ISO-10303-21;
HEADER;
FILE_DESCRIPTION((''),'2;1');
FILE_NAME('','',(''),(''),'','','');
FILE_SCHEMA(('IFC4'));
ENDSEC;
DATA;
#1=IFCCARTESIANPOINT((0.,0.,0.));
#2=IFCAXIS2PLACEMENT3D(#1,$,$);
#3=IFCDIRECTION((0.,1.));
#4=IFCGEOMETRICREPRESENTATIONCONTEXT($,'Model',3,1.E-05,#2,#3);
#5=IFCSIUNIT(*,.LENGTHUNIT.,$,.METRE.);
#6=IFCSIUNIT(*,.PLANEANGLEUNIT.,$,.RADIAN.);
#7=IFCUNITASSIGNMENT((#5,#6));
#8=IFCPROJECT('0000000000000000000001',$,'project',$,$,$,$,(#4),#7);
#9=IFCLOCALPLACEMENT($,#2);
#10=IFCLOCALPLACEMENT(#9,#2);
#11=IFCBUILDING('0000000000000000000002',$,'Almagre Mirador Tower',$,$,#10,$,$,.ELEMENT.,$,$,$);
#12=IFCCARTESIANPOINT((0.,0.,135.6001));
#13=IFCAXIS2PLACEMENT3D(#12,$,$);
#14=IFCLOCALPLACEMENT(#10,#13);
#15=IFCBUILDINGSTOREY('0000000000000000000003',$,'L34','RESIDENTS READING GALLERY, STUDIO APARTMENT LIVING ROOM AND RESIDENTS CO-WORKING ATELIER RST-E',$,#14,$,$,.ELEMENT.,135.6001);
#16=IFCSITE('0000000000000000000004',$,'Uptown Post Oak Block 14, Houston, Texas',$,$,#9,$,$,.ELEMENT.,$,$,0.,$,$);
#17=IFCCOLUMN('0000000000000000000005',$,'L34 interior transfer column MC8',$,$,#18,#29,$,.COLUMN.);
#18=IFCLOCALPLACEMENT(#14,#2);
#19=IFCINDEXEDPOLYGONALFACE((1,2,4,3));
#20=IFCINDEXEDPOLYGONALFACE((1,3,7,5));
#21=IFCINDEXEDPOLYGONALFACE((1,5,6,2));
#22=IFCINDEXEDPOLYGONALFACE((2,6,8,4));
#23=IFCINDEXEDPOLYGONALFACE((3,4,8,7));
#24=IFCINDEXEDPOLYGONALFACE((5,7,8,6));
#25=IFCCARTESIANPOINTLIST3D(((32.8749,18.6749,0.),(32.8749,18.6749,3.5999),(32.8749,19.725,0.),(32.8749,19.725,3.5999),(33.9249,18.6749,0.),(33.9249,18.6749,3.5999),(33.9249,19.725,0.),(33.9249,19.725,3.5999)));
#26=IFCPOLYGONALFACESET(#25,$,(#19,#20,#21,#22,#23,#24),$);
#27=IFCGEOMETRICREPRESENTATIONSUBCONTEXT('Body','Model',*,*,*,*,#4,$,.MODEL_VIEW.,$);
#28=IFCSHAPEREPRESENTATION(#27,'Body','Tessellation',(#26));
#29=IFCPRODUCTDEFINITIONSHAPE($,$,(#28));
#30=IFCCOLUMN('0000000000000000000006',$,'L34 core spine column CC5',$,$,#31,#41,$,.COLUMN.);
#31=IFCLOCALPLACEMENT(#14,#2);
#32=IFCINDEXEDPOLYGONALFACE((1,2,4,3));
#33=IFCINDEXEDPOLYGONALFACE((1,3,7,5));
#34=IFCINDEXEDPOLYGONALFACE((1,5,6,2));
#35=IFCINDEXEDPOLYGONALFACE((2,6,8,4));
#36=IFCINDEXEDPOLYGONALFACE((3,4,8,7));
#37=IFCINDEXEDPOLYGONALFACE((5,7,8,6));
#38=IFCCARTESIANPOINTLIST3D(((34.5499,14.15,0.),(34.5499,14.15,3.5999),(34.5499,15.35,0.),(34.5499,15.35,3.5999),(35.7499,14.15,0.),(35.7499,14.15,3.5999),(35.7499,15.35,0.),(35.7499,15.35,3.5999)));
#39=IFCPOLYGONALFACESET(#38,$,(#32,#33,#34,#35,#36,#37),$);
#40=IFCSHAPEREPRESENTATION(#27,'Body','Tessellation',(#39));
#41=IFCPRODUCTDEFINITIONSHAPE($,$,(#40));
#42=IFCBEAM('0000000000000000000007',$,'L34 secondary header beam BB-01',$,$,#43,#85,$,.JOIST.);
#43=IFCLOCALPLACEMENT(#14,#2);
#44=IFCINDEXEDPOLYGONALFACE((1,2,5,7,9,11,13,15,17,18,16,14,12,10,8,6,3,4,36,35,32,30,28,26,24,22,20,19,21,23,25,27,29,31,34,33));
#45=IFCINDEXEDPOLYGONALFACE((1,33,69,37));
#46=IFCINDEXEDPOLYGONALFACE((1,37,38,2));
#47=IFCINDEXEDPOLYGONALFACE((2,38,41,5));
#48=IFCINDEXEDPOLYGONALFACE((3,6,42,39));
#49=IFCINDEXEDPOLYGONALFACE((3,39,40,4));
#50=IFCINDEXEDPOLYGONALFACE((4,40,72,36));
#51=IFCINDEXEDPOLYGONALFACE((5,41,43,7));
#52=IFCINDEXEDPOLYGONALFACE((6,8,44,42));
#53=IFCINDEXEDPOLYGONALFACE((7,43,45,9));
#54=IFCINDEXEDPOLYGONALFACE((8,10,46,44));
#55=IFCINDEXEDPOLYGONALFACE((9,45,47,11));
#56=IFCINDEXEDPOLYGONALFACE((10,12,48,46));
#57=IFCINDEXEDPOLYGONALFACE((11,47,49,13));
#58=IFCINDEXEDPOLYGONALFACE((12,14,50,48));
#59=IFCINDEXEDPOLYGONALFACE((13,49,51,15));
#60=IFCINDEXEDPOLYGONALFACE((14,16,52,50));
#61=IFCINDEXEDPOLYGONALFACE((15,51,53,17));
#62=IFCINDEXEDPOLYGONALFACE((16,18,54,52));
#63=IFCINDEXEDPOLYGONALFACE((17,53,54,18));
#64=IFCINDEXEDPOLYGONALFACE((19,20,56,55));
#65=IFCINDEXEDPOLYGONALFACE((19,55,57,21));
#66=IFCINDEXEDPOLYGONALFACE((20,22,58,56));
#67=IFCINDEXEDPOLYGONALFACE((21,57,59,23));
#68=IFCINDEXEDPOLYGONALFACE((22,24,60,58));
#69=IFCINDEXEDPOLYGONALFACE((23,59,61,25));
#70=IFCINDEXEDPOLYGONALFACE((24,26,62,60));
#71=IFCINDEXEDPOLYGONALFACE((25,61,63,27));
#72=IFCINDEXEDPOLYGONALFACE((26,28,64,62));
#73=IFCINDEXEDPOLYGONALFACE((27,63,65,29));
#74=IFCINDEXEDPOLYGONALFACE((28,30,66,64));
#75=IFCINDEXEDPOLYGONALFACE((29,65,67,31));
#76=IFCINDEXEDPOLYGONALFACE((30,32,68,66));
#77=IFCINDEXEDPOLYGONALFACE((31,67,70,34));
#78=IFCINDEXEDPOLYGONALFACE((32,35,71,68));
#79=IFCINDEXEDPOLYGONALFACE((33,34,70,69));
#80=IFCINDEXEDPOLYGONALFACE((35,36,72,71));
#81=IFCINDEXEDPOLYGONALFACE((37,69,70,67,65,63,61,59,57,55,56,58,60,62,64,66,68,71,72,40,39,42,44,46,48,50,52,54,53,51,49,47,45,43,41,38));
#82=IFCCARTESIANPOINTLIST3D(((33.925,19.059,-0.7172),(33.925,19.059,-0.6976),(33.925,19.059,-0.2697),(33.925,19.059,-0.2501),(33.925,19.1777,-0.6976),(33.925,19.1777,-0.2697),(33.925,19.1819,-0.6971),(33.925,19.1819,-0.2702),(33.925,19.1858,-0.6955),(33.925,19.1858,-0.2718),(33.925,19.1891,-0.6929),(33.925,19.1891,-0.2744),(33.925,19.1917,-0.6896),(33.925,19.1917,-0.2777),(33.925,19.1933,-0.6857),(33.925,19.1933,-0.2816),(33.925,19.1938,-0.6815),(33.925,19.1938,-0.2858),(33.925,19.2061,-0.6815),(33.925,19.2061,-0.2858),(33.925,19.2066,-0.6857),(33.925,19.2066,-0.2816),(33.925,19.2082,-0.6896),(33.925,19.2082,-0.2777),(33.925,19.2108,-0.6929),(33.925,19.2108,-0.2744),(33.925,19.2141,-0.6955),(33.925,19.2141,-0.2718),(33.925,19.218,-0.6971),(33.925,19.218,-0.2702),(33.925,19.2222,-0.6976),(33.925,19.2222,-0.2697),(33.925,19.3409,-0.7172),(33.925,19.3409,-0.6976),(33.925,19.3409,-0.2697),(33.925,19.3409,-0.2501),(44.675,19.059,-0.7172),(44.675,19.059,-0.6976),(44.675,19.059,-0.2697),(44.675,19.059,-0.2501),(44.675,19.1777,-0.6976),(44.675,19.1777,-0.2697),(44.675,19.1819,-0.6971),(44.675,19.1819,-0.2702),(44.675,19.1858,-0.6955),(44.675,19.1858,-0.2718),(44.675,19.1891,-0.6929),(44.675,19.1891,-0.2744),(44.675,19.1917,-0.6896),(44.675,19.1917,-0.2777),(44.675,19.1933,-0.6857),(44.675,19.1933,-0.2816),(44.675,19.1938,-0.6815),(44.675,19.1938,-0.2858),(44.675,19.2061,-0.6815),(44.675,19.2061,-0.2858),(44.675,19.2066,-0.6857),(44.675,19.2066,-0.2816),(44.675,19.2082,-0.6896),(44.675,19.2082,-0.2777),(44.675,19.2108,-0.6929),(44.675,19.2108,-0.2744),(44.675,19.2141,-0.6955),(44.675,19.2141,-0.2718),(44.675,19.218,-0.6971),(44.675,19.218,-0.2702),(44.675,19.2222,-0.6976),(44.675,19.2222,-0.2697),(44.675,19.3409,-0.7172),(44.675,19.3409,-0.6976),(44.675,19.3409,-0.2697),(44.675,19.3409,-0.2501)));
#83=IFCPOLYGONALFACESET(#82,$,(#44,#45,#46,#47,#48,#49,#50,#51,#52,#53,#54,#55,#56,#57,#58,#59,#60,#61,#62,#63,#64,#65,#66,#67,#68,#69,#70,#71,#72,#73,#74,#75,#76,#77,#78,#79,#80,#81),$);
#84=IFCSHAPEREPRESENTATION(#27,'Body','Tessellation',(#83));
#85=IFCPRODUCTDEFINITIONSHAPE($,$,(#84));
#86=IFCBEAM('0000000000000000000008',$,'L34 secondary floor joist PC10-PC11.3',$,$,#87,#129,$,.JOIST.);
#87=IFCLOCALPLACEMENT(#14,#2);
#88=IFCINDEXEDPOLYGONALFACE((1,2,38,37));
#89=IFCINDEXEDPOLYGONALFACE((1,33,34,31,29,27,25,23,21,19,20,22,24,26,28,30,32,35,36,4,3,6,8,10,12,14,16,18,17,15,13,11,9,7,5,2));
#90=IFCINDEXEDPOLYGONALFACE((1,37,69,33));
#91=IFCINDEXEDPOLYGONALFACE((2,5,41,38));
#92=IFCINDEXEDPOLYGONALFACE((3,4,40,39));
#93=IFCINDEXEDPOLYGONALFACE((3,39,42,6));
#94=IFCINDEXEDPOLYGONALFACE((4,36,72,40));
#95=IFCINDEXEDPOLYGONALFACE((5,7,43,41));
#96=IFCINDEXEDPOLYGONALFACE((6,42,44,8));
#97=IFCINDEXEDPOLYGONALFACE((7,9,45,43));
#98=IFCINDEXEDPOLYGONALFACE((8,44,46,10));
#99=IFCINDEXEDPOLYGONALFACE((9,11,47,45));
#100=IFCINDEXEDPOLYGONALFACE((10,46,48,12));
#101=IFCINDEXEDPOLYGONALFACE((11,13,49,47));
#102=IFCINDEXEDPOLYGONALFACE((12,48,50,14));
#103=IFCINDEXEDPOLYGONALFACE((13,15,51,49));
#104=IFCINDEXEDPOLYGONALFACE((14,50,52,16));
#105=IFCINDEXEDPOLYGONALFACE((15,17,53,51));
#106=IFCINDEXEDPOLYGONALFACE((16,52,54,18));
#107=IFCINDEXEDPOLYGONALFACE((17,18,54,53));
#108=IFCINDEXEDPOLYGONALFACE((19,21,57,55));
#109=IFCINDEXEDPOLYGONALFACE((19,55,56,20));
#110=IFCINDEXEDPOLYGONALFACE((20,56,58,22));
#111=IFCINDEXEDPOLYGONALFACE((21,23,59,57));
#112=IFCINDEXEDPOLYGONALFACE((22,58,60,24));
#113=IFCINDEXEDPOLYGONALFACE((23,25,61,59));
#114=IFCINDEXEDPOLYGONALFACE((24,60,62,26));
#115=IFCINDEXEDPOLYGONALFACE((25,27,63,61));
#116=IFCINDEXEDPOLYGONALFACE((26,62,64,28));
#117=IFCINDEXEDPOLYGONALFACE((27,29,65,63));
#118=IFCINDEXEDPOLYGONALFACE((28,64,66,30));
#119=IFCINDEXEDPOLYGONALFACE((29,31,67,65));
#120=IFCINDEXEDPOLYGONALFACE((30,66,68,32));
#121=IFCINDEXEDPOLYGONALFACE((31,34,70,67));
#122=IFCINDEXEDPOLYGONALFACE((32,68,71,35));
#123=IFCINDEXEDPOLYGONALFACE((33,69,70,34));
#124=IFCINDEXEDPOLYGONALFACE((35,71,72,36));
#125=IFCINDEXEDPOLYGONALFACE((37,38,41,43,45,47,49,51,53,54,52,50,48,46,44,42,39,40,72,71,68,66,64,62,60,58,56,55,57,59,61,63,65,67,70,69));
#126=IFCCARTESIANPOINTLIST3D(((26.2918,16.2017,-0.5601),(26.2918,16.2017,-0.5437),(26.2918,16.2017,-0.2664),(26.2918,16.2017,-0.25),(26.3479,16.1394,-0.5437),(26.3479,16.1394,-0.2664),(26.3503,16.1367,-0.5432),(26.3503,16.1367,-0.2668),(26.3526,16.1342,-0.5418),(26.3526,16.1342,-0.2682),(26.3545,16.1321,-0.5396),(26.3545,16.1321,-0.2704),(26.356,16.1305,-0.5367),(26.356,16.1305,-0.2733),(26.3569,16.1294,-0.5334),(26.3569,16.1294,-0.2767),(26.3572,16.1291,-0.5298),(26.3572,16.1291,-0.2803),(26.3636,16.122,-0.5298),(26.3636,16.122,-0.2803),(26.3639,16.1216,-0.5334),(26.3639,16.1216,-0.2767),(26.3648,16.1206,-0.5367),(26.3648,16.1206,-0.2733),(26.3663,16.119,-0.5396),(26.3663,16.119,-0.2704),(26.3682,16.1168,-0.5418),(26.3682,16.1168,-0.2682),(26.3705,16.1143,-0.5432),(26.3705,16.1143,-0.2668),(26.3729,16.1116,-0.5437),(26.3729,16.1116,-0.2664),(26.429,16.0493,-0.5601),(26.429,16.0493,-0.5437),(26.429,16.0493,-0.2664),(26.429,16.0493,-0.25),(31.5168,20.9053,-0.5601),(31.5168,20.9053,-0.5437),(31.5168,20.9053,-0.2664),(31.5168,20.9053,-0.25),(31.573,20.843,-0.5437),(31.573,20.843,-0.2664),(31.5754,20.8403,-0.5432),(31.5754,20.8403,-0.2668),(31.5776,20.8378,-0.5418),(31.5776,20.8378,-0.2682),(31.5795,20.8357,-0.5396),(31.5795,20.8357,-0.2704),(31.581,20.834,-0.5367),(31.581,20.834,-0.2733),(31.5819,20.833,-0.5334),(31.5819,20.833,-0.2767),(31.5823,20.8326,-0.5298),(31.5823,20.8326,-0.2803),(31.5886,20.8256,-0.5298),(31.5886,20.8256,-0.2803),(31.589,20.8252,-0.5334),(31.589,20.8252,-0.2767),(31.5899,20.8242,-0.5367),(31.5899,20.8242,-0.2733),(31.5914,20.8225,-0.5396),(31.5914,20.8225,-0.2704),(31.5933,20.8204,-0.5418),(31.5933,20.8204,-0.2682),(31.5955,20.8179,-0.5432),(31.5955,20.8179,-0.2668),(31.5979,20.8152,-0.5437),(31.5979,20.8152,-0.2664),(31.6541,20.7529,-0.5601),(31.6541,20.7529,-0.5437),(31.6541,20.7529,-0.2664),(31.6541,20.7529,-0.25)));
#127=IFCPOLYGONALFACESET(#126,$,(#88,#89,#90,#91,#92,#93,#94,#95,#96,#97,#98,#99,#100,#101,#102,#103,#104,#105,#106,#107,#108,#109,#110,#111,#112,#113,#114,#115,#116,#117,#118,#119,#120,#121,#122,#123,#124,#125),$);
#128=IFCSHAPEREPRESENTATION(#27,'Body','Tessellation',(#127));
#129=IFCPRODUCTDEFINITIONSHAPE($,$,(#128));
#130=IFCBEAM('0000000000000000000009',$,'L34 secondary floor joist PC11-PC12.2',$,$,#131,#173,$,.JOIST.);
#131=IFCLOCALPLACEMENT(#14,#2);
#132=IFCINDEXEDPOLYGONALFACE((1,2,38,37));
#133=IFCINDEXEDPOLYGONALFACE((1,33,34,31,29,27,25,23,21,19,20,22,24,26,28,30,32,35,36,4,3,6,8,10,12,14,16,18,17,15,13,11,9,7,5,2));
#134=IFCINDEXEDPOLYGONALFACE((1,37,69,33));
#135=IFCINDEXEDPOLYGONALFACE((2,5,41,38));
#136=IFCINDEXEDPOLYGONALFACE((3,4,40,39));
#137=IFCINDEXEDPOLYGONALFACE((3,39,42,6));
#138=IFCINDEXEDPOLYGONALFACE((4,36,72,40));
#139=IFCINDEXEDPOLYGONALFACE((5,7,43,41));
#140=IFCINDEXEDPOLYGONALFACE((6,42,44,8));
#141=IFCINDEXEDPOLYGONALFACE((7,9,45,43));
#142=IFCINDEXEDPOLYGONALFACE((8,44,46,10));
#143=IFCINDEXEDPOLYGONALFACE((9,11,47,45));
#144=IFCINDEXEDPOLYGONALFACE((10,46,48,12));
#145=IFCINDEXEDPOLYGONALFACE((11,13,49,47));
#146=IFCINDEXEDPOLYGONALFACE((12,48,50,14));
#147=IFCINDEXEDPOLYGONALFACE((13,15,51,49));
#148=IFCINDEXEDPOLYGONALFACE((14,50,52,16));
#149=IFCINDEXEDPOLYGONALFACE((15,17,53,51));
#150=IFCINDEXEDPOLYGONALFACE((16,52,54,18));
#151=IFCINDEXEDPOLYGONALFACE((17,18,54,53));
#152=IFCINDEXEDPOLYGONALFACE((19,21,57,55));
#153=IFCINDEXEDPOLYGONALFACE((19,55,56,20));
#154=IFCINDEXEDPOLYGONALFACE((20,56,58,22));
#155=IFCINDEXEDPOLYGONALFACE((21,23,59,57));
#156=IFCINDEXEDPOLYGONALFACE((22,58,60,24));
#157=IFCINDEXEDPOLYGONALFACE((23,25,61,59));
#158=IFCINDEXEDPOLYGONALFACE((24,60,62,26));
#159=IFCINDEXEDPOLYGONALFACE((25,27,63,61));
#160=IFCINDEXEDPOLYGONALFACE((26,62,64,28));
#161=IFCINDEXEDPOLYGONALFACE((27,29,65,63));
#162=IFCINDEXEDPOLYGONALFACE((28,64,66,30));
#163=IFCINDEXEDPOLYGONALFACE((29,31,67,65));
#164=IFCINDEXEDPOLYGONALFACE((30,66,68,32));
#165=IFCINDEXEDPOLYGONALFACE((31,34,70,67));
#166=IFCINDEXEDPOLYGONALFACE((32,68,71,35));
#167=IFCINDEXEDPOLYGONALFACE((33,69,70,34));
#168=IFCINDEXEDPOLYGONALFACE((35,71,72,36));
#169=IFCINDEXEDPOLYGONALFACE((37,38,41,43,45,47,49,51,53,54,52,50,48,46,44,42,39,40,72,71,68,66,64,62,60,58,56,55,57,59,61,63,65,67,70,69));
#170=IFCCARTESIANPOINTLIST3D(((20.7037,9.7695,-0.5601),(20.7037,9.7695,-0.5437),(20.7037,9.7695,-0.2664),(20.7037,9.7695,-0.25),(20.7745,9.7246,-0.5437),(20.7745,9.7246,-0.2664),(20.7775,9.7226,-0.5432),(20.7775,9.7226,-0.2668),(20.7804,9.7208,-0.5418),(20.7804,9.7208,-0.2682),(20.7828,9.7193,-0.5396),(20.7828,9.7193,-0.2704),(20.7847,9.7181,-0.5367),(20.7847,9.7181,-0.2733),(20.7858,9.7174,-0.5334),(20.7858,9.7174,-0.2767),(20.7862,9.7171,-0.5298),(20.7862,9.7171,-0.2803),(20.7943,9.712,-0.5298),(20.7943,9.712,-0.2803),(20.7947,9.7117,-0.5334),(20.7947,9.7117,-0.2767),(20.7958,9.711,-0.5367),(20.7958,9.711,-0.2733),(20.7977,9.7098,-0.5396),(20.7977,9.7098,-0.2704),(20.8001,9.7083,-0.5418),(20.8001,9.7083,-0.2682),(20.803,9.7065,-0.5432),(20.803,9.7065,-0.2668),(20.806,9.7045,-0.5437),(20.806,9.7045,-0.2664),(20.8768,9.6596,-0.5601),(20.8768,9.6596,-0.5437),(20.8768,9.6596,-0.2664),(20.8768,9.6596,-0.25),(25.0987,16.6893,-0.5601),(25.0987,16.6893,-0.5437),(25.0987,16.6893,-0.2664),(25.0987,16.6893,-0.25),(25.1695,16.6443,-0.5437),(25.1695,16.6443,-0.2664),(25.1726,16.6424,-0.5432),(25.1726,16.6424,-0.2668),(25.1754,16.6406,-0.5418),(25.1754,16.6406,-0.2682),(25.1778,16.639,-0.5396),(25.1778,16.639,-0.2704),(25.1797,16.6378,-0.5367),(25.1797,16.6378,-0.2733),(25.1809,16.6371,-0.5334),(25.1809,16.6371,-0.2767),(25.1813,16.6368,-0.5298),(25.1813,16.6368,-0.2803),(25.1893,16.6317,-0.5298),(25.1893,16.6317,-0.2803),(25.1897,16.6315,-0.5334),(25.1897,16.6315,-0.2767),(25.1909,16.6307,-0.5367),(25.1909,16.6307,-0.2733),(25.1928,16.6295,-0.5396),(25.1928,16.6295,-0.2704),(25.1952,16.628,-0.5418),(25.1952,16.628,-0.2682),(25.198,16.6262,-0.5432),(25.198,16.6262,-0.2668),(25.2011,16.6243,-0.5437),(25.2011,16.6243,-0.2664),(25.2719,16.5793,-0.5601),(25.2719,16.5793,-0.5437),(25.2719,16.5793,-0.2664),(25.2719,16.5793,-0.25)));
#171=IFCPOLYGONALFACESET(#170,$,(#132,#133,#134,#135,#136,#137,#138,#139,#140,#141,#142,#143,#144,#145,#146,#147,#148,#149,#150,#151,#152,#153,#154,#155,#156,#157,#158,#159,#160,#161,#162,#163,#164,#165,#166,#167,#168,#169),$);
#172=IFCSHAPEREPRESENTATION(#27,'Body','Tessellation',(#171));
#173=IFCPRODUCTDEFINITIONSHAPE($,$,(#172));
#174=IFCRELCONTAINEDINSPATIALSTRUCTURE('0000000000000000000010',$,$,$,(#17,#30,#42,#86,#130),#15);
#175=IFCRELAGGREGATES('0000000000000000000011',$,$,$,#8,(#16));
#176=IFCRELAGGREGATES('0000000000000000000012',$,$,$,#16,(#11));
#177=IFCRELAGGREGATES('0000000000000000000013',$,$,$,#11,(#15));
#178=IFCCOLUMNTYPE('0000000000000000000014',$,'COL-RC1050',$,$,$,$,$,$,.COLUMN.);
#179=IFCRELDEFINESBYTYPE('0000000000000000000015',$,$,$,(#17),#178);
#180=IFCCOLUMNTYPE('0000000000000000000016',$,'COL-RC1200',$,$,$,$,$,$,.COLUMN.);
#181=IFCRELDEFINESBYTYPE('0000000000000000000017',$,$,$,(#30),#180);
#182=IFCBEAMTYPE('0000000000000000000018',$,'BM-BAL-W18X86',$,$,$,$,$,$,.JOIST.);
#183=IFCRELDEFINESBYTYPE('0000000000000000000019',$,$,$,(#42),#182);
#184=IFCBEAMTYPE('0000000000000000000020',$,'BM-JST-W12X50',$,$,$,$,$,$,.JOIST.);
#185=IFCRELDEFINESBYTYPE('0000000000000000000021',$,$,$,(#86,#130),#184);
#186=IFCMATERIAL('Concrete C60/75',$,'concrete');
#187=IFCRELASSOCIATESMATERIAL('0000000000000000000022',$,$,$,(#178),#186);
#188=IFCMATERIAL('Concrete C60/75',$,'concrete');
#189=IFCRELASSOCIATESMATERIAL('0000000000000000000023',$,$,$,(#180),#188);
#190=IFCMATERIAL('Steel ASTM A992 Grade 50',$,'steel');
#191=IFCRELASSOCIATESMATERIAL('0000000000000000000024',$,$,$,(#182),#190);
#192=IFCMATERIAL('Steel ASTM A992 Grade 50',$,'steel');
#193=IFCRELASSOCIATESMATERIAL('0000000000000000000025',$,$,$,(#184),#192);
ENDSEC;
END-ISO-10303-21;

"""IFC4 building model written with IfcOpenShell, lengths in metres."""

from ifc_helpers import new_model, si_unit, direction, frame, origin, origin_2d, place, context, subcontext, project, spatial, rectangle, i_section, extrude, material, material_profile, profile_set, type_object, element, save


model = new_model("IFC4")

# Units and contexts
model_context = context("Model", 3, precision=1e-05, world=origin(), true_north=direction((0.0, 1.0)))
body_context = subcontext(model_context, "Body", "Model", "MODEL_VIEW")
ifc_project = project(units=[si_unit("LENGTHUNIT", "METRE"), si_unit("PLANEANGLEUNIT", "RADIAN")], contexts=[model_context])

# Site, building, storey
site_placement = place(None, origin())
site = spatial("IfcSite", under=ifc_project, at=site_placement, Name="Uptown Post Oak Block 14, Houston, Texas", CompositionType="ELEMENT", RefElevation=0.0)
building_placement = place(site_placement, origin())
building = spatial("IfcBuilding", under=site, at=building_placement, Name="Almagre Mirador Tower", CompositionType="ELEMENT")
storey_placement = place(building_placement, frame((0.0, 0.0, 135.6001)))
storey = spatial("IfcBuildingStorey", under=building, at=storey_placement, Name="L34", Description="RESIDENTS READING GALLERY, STUDIO APARTMENT LIVING ROOM AND RESIDENTS CO-WORKING ATELIER RST-E", CompositionType="ELEMENT", Elevation=135.6001)

# Columns
ifc_material_1 = material(Name="Concrete C60/75", Category="concrete")
ifc_material_profile_1 = material_profile(ifc_material_1, rectangle(XDim=1.05, YDim=1.05, at=origin_2d()), Name="RC1050X1050")
ifc_profile_set_1 = profile_set([ifc_material_profile_1], Name="Concrete C60/75")
column_type_1 = type_object("IfcColumnType", Name="COL-RC1050", PredefinedType="COLUMN", material=ifc_profile_set_1)
column_1_placement = place(storey_placement, frame((33.3999, 19.2, 0.0), z_axis=(0.0, 0.0, 1.0), x_axis=(1.0, 0.0, 0.0)))
element("IfcColumn", 1, at=column_1_placement, inside=storey, type_object=column_type_1, Name="L34 interior transfer column MC8", PredefinedType="COLUMN", context=body_context, shape_type="SweptSolid", body=[
    extrude(rectangle(XDim=1.05, YDim=1.05, at=origin_2d()), origin(), (0.0, 0.0, 1.0), 3.5999),
])
ifc_material_2 = material(Name="Concrete C60/75", Category="concrete")
ifc_material_profile_2 = material_profile(ifc_material_2, rectangle(XDim=1.2, YDim=1.2, at=origin_2d()), Name="RC1200X1200")
ifc_profile_set_2 = profile_set([ifc_material_profile_2], Name="Concrete C60/75")
column_type_2 = type_object("IfcColumnType", Name="COL-RC1200", PredefinedType="COLUMN", material=ifc_profile_set_2)
column_2_placement = place(storey_placement, frame((35.1499, 14.75, 0.0), z_axis=(0.0, 0.0, 1.0), x_axis=(1.0, 0.0, 0.0)))
element("IfcColumn", 2, at=column_2_placement, inside=storey, type_object=column_type_2, Name="L34 core spine column CC5", PredefinedType="COLUMN", context=body_context, shape_type="SweptSolid", body=[
    extrude(rectangle(XDim=1.2, YDim=1.2, at=origin_2d()), origin(), (0.0, 0.0, 1.0), 3.5999),
])

# Beams
ifc_material_3 = material(Name="Steel ASTM A992 Grade 50", Category="steel")
ifc_material_profile_3 = material_profile(ifc_material_3, i_section(OverallWidth=0.282, OverallDepth=0.467, WebThickness=0.0122, FlangeThickness=0.0195, FilletRadius=0.0161, at=origin_2d()), Name="W18X86")
ifc_profile_set_3 = profile_set([ifc_material_profile_3], Name="Steel ASTM A992 Grade 50")
beam_type_1 = type_object("IfcBeamType", Name="BM-BAL-W18X86", PredefinedType="JOIST", material=ifc_profile_set_3)
beam_1_placement = place(storey_placement, frame((33.925, 19.2, -0.4836), z_axis=(1.0, 0.0, 0.0), x_axis=(0.0, 1.0, 0.0)))
element("IfcBeam", 3, at=beam_1_placement, inside=storey, type_object=beam_type_1, Name="L34 secondary header beam BB-01", PredefinedType="JOIST", context=body_context, shape_type="SweptSolid", body=[
    extrude(i_section(OverallWidth=0.282, OverallDepth=0.467, WebThickness=0.0122, FlangeThickness=0.0195, FilletRadius=0.0161, at=origin_2d()), origin(), (0.0, 0.0, 1.0), 10.75),
])
ifc_material_4 = material(Name="Steel ASTM A992 Grade 50", Category="steel")
ifc_material_profile_4 = material_profile(ifc_material_4, i_section(OverallWidth=0.2051, OverallDepth=0.3101, WebThickness=0.0095, FlangeThickness=0.0164, FilletRadius=0.0139, at=origin_2d()), Name="W12X50")
ifc_profile_set_4 = profile_set([ifc_material_profile_4], Name="Steel ASTM A992 Grade 50")
beam_type_2 = type_object("IfcBeamType", Name="BM-JST-W12X50", PredefinedType="JOIST", material=ifc_profile_set_4)
beam_2_placement = place(storey_placement, frame((31.5854, 20.8291, -0.405), z_axis=(-0.743222, -0.669045, 0.0), x_axis=(0.669045, -0.743222, 0.0)))
element("IfcBeam", 4, at=beam_2_placement, inside=storey, type_object=beam_type_2, Name="L34 secondary floor joist PC10-PC11.3", PredefinedType="JOIST", context=body_context, shape_type="SweptSolid", body=[
    extrude(i_section(OverallWidth=0.2051, OverallDepth=0.3101, WebThickness=0.0095, FlangeThickness=0.0164, FilletRadius=0.0139, at=origin_2d()), origin(), (0.0, 0.0, 1.0), 7.0303),
])
beam_3_placement = place(storey_placement, frame((25.1853, 16.6343, -0.405), z_axis=(-0.536145, -0.844126, 0.0), x_axis=(0.844126, -0.536145, 0.0)))
element("IfcBeam", 5, at=beam_3_placement, inside=storey, type_object=beam_type_2, Name="L34 secondary floor joist PC11-PC12.2", PredefinedType="JOIST", context=body_context, shape_type="SweptSolid", body=[
    extrude(i_section(OverallWidth=0.2051, OverallDepth=0.3101, WebThickness=0.0095, FlangeThickness=0.0164, FilletRadius=0.0139, at=origin_2d()), origin(), (0.0, 0.0, 1.0), 8.1975),
])

save(model, "model.ifc")
